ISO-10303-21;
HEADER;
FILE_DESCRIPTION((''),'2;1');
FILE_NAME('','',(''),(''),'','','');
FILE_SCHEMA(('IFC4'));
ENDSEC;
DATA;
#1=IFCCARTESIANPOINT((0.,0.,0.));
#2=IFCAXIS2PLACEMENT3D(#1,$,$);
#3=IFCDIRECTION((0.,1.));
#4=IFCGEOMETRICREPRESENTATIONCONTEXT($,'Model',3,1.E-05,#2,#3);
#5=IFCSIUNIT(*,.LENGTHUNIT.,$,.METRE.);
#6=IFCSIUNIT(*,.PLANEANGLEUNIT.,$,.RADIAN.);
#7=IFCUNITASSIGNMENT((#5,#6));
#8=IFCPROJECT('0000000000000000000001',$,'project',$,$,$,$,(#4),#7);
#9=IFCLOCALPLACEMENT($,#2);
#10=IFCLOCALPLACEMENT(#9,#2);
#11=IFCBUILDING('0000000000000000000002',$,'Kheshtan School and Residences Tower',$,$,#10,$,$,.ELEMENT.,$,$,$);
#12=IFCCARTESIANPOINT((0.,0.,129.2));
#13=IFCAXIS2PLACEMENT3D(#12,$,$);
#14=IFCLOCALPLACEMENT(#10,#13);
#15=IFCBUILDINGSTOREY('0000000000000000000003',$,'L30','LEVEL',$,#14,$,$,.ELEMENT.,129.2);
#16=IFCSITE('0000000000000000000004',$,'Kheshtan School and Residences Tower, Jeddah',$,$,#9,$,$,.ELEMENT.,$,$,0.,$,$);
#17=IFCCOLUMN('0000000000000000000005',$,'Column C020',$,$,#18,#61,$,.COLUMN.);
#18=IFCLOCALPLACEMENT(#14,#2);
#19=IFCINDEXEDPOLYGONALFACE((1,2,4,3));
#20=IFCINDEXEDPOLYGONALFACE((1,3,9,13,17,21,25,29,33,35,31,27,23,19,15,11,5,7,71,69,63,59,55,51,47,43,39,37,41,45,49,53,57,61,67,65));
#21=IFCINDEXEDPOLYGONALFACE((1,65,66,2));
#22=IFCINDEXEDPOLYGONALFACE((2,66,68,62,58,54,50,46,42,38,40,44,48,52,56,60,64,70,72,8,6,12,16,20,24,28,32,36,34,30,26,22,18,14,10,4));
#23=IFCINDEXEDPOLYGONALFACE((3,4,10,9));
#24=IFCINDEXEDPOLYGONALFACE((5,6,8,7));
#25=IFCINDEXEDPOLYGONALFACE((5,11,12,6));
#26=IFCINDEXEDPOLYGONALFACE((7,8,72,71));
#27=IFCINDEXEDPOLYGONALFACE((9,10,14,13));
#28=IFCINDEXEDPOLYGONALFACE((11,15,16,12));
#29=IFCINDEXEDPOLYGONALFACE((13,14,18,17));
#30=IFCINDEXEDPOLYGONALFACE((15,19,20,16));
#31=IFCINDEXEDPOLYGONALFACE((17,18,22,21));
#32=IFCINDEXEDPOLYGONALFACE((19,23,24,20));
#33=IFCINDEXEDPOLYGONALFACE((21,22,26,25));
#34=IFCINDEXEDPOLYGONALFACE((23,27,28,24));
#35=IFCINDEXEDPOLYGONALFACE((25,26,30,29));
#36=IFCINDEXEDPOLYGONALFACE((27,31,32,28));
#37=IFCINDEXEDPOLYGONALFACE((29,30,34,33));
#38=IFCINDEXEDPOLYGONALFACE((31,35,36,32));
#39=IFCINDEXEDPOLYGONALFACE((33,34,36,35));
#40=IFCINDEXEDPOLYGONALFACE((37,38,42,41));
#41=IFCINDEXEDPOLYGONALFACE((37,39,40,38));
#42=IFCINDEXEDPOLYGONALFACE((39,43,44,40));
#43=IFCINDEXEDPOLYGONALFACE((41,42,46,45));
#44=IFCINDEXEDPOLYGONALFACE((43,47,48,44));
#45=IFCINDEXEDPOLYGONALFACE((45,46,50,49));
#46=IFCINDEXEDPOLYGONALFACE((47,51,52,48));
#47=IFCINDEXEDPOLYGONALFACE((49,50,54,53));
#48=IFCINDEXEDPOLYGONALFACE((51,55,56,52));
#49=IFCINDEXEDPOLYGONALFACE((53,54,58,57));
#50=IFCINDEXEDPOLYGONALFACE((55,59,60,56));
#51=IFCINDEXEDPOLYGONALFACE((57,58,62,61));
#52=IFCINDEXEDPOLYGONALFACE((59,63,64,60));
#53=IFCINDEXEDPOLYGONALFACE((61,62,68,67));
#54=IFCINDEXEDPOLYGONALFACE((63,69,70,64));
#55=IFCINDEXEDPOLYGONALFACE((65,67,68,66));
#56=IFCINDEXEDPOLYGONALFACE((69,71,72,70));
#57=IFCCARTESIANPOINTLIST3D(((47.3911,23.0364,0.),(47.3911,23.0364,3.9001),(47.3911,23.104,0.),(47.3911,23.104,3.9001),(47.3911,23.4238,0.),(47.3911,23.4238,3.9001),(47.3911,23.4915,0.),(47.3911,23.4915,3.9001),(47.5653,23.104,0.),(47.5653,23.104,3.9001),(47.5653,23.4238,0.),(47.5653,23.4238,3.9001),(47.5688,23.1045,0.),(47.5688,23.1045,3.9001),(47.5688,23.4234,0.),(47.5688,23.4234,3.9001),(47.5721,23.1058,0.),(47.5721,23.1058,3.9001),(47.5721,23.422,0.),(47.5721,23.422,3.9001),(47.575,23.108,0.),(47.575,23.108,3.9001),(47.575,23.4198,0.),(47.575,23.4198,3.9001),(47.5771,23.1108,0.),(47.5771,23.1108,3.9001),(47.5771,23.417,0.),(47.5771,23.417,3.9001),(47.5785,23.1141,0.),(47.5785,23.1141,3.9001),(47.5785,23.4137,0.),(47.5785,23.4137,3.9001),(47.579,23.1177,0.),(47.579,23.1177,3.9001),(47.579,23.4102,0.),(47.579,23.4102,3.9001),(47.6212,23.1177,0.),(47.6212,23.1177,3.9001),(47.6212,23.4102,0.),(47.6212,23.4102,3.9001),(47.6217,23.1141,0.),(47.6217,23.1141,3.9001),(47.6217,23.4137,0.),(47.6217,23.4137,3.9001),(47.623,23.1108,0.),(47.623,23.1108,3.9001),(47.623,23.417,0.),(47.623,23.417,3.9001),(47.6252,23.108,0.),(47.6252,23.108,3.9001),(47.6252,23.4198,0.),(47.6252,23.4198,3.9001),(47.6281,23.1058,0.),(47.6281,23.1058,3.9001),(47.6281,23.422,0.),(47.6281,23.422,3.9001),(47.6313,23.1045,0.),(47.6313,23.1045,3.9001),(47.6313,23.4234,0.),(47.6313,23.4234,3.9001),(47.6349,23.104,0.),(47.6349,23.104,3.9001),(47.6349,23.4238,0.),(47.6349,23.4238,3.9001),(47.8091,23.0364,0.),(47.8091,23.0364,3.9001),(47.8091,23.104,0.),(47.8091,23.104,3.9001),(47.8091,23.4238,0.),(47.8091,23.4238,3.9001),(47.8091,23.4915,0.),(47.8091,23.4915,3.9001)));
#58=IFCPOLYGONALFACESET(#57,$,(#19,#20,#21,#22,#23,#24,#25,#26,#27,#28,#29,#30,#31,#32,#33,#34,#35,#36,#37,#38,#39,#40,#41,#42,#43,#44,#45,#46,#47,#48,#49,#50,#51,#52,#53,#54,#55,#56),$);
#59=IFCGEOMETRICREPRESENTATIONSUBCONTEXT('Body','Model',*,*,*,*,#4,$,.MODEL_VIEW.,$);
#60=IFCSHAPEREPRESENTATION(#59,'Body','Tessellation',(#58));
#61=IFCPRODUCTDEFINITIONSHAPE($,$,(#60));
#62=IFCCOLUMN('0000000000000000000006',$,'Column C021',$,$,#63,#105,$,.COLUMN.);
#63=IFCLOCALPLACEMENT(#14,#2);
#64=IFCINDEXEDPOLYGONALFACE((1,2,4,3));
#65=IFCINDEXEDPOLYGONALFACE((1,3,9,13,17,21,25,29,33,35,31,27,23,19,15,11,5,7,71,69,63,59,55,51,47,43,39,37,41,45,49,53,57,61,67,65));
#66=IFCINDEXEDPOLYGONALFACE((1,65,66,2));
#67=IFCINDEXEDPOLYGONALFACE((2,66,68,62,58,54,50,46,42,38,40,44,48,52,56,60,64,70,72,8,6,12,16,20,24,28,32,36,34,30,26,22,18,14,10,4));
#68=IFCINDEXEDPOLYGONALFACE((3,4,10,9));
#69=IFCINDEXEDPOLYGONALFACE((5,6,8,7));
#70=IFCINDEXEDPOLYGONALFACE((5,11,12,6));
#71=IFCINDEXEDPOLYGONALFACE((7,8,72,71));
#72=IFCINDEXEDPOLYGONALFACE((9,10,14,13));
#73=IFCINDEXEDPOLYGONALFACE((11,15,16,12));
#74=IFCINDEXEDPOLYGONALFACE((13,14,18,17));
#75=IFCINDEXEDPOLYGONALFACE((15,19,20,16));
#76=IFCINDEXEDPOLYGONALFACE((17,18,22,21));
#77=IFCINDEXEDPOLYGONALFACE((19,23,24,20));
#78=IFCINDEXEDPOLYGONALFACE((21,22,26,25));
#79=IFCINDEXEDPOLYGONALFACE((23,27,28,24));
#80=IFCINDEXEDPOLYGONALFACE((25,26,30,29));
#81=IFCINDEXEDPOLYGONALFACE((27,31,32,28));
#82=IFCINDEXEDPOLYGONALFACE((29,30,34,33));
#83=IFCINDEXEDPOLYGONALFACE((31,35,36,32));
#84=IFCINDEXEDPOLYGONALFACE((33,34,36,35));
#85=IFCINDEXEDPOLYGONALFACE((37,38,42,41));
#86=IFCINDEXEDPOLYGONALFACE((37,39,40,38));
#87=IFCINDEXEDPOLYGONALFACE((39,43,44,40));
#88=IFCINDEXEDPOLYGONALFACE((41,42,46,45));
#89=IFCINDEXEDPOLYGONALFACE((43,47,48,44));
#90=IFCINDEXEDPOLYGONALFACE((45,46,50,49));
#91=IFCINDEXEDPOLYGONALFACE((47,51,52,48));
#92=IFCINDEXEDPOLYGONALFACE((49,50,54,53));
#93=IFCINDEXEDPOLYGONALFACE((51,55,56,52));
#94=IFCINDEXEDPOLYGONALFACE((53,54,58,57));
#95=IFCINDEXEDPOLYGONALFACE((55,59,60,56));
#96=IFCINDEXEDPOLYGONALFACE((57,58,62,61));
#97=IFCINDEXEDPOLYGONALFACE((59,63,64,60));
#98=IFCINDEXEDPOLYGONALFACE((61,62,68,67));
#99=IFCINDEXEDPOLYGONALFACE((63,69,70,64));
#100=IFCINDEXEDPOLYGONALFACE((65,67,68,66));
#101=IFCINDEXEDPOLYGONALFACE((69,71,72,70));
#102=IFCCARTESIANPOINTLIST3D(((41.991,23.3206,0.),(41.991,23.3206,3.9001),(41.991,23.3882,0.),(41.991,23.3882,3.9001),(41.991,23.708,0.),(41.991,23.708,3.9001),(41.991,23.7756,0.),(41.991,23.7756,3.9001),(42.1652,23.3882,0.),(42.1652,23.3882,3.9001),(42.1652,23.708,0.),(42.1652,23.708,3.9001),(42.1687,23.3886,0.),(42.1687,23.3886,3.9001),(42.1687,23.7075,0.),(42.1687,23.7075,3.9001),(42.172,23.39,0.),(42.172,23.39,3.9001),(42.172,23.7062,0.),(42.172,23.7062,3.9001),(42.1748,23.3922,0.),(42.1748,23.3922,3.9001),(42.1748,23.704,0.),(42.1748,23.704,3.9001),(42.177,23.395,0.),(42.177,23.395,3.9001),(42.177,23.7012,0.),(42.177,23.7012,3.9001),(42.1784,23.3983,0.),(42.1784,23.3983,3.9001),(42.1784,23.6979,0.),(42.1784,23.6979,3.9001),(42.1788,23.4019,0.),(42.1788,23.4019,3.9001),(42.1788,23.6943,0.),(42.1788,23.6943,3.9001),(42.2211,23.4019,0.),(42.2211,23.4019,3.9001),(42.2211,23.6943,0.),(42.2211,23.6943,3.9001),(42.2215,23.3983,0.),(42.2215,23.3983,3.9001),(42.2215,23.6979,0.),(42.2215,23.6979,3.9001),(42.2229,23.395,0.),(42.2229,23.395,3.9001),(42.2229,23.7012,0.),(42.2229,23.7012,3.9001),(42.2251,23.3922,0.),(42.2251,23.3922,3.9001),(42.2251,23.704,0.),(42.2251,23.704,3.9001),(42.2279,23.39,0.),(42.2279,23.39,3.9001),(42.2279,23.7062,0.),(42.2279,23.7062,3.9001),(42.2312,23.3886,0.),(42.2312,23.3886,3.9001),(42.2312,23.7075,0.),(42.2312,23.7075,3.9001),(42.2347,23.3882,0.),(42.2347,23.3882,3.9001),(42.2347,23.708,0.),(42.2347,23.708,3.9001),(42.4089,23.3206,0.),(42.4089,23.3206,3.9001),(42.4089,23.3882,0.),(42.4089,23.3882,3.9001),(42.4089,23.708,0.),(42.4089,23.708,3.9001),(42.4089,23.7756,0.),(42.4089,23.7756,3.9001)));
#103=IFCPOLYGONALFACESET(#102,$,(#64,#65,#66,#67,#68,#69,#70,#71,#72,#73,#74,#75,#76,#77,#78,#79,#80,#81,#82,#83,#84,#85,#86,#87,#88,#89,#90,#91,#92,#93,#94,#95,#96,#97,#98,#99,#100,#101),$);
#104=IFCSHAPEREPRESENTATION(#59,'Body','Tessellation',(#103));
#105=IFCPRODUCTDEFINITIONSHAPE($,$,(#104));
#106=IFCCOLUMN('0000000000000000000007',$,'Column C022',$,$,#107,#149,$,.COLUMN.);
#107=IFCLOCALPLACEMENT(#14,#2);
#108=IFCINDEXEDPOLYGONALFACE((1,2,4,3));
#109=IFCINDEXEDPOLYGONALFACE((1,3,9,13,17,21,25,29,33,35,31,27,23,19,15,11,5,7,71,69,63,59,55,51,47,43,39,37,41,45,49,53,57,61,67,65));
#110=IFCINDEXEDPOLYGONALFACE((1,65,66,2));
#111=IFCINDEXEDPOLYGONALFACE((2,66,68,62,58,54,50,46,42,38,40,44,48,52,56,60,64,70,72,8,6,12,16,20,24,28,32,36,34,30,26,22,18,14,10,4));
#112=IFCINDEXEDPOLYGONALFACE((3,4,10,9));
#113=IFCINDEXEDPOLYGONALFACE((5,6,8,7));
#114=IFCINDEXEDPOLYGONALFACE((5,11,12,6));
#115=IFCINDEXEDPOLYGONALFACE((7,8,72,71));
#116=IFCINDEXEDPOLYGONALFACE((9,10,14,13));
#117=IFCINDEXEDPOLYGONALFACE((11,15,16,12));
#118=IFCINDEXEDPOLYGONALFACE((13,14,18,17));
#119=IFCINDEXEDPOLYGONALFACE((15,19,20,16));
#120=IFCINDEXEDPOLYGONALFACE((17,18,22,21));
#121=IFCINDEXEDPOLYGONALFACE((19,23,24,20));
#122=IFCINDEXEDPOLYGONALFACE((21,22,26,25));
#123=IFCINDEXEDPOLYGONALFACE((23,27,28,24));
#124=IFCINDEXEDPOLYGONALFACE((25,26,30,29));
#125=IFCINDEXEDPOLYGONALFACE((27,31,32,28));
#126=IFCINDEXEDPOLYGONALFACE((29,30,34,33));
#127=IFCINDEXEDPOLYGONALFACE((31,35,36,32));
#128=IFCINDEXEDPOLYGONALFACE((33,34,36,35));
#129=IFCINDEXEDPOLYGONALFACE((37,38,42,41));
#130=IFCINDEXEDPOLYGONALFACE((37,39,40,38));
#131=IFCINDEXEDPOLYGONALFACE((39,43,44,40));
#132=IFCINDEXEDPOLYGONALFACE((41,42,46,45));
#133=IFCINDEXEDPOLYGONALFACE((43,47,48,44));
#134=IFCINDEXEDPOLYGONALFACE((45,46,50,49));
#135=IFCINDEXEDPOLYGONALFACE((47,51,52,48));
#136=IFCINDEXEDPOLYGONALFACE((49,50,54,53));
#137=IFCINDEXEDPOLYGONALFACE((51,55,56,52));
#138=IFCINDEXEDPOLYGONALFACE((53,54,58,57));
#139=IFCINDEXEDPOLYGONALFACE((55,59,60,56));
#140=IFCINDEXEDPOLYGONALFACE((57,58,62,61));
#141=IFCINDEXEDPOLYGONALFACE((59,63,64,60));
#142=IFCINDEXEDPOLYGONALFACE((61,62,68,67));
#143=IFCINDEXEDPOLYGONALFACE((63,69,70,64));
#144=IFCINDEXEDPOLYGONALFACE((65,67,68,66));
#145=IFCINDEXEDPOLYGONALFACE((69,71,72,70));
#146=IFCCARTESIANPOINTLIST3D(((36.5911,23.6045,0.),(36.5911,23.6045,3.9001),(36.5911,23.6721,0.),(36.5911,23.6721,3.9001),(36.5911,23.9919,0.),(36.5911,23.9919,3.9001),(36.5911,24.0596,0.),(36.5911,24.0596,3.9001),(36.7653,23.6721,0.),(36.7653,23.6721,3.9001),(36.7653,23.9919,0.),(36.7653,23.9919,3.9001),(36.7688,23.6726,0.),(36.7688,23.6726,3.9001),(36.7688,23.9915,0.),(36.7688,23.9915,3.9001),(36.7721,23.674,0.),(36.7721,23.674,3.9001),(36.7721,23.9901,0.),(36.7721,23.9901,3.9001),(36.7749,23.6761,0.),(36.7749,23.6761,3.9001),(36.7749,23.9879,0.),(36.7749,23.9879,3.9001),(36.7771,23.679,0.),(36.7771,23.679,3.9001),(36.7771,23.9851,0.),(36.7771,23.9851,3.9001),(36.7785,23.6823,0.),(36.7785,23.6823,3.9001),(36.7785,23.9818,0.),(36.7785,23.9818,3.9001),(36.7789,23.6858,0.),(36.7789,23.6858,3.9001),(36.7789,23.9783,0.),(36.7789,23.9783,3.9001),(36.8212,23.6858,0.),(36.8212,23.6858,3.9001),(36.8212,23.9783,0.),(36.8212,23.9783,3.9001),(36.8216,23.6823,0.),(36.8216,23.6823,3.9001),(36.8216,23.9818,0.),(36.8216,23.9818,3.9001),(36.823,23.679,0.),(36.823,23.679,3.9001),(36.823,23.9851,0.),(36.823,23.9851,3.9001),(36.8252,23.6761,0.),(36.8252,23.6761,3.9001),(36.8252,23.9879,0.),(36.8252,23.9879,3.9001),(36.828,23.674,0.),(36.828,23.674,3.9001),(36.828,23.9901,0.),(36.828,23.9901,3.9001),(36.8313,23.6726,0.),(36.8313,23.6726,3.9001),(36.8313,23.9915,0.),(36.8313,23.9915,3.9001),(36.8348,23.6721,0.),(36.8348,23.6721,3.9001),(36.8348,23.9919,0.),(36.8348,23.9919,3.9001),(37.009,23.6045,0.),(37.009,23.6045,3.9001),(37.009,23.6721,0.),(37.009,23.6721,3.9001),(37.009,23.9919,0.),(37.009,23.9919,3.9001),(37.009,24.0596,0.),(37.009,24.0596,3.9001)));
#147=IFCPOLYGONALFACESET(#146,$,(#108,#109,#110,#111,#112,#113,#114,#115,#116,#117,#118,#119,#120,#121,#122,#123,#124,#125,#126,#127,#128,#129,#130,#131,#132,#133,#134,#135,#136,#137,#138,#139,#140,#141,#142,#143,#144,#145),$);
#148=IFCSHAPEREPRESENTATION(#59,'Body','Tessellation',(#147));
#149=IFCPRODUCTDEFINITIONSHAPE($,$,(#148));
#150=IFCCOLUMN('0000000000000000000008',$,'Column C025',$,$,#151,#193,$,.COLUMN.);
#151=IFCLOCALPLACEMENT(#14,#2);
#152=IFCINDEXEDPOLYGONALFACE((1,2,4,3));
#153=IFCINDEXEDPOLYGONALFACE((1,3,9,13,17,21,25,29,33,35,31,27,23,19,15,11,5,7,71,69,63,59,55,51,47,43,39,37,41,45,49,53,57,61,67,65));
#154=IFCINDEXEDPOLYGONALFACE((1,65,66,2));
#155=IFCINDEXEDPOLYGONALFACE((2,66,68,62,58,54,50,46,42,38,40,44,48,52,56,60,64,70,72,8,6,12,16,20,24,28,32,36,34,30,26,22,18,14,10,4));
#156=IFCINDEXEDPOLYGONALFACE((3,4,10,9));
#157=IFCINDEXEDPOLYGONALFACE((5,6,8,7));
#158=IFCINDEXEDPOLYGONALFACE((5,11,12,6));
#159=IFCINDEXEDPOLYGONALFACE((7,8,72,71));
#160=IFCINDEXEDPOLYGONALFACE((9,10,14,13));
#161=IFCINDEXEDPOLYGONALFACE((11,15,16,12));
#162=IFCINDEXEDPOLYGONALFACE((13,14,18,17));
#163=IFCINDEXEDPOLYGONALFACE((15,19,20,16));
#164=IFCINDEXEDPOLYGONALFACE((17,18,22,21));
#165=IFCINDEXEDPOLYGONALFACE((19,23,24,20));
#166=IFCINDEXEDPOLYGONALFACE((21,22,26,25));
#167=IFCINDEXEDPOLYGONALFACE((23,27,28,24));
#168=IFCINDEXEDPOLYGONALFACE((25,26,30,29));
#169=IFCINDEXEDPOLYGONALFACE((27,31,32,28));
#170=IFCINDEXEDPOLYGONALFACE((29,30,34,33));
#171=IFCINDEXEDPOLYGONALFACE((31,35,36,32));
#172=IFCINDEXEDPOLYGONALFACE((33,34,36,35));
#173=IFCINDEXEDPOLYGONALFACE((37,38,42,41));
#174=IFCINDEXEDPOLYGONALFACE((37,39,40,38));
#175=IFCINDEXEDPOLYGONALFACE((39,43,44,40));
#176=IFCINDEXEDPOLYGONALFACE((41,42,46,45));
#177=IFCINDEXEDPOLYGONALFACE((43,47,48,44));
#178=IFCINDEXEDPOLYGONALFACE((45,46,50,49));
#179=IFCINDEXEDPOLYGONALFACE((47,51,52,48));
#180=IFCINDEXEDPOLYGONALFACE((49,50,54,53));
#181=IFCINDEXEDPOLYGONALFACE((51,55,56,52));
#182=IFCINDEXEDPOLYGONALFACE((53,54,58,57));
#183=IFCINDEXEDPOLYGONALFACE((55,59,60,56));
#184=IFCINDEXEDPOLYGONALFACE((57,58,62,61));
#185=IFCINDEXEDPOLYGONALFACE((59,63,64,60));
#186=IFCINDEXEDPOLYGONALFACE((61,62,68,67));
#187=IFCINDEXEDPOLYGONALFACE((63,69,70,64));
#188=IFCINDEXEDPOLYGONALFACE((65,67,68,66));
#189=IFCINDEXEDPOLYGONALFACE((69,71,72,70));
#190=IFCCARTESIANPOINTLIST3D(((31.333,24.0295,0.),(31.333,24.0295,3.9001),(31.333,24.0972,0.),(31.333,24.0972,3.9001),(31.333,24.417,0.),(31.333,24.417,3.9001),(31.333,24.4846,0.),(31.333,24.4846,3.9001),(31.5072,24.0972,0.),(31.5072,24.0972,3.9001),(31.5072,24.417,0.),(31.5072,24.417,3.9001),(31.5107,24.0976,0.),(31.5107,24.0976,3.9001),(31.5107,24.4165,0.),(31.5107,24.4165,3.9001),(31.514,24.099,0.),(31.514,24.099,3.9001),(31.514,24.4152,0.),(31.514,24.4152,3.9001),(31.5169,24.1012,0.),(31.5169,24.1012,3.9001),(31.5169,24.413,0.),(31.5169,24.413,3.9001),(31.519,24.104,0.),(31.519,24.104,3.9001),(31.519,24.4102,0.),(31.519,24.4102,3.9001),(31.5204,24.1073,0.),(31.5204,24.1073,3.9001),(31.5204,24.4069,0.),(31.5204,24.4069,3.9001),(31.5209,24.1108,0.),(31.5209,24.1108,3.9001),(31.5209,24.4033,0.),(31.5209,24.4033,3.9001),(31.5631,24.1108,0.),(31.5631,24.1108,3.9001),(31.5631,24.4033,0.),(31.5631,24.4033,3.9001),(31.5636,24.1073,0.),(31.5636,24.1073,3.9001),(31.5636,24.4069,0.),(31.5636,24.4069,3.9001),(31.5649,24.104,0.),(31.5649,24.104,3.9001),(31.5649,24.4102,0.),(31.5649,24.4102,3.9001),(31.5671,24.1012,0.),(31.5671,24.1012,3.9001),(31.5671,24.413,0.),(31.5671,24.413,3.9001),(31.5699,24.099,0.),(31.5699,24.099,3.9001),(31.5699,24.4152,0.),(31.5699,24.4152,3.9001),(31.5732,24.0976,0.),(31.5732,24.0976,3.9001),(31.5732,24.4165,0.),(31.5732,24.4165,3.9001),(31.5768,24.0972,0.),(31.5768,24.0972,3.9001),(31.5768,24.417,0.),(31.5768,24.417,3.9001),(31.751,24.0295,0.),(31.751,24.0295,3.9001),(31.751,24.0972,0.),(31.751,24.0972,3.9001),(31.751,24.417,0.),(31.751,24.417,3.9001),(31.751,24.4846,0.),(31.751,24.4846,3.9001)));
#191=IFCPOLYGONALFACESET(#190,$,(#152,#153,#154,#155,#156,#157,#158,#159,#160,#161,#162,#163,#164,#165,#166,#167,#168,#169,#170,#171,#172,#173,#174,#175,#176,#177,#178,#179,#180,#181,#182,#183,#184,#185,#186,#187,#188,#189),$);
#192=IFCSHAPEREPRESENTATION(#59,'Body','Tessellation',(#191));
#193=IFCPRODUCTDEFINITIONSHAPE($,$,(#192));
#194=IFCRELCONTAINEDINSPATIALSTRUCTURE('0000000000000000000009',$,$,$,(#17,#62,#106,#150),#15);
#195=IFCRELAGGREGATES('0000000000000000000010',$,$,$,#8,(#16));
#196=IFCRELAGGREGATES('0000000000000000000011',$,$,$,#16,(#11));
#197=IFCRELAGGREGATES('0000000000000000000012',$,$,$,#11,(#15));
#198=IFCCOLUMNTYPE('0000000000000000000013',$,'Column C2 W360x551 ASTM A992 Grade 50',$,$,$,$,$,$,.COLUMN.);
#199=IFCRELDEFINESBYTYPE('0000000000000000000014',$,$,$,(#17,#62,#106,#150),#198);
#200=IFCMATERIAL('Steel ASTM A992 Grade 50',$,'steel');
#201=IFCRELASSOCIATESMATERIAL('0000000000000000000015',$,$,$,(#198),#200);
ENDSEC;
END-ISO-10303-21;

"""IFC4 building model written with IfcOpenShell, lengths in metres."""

from ifc_helpers import new_model, si_unit, direction, frame, origin, origin_2d, place, context, subcontext, project, spatial, i_section, extrude, material, material_profile, profile_set, type_object, element, save


model = new_model("IFC4")

# Units and contexts
model_context = context("Model", 3, precision=1e-05, world=origin(), true_north=direction((0.0, 1.0)))
body_context = subcontext(model_context, "Body", "Model", "MODEL_VIEW")
ifc_project = project(units=[si_unit("LENGTHUNIT", "METRE"), si_unit("PLANEANGLEUNIT", "RADIAN")], contexts=[model_context])

# Site, building, storey
site_placement = place(None, origin())
site = spatial("IfcSite", under=ifc_project, at=site_placement, Name="Kheshtan School and Residences Tower, Jeddah", CompositionType="ELEMENT", RefElevation=0.0)
building_placement = place(site_placement, origin())
building = spatial("IfcBuilding", under=site, at=building_placement, Name="Kheshtan School and Residences Tower", CompositionType="ELEMENT")
storey_placement = place(building_placement, frame((0.0, 0.0, 129.2)))
storey = spatial("IfcBuildingStorey", under=building, at=storey_placement, Name="L30", Description="LEVEL", CompositionType="ELEMENT", Elevation=129.2)

# Columns
ifc_material_1 = material(Name="Steel ASTM A992 Grade 50", Category="steel")
ifc_material_profile_1 = material_profile(ifc_material_1, i_section(OverallWidth=0.418, OverallDepth=0.4551, WebThickness=0.0422, FlangeThickness=0.0676, FilletRadius=0.0137, at=origin_2d()), Name="W360x551")
ifc_profile_set_1 = profile_set([ifc_material_profile_1], Name="Steel ASTM A992 Grade 50")
column_type = type_object("IfcColumnType", Name="Column C2 W360x551 ASTM A992 Grade 50", PredefinedType="COLUMN", material=ifc_profile_set_1)
for number, where, z_axis, x_axis, name in (
    (1, (47.6001, 23.2639, 0.0), (0.0, 0.0, 1.0), (1.0, 0.0, 0.0), "Column C020"),
    (2, (42.2, 23.5481, 0.0), (0.0, 0.0, 1.0), (1.0, 0.0, 0.0), "Column C021"),
    (3, (36.8, 23.832, 0.0), (0.0, 0.0, 1.0), (1.0, 0.0, 0.0), "Column C022"),
    (4, (31.542, 24.2571, 0.0), (0.0, 0.0, 1.0), (1.0, 0.0, 0.0), "Column C025"),
):
    element("IfcColumn", number, at=place(storey_placement, frame(where, z_axis=z_axis, x_axis=x_axis)), inside=storey, type_object=column_type, Name=name, PredefinedType="COLUMN", context=body_context, shape_type="SweptSolid", body=[
        extrude(i_section(OverallWidth=0.418, OverallDepth=0.4551, WebThickness=0.0422, FlangeThickness=0.0676, FilletRadius=0.0137, at=origin_2d()), origin(), (0.0, 0.0, 1.0), 3.9001),
    ])

save(model, "model.ifc")
